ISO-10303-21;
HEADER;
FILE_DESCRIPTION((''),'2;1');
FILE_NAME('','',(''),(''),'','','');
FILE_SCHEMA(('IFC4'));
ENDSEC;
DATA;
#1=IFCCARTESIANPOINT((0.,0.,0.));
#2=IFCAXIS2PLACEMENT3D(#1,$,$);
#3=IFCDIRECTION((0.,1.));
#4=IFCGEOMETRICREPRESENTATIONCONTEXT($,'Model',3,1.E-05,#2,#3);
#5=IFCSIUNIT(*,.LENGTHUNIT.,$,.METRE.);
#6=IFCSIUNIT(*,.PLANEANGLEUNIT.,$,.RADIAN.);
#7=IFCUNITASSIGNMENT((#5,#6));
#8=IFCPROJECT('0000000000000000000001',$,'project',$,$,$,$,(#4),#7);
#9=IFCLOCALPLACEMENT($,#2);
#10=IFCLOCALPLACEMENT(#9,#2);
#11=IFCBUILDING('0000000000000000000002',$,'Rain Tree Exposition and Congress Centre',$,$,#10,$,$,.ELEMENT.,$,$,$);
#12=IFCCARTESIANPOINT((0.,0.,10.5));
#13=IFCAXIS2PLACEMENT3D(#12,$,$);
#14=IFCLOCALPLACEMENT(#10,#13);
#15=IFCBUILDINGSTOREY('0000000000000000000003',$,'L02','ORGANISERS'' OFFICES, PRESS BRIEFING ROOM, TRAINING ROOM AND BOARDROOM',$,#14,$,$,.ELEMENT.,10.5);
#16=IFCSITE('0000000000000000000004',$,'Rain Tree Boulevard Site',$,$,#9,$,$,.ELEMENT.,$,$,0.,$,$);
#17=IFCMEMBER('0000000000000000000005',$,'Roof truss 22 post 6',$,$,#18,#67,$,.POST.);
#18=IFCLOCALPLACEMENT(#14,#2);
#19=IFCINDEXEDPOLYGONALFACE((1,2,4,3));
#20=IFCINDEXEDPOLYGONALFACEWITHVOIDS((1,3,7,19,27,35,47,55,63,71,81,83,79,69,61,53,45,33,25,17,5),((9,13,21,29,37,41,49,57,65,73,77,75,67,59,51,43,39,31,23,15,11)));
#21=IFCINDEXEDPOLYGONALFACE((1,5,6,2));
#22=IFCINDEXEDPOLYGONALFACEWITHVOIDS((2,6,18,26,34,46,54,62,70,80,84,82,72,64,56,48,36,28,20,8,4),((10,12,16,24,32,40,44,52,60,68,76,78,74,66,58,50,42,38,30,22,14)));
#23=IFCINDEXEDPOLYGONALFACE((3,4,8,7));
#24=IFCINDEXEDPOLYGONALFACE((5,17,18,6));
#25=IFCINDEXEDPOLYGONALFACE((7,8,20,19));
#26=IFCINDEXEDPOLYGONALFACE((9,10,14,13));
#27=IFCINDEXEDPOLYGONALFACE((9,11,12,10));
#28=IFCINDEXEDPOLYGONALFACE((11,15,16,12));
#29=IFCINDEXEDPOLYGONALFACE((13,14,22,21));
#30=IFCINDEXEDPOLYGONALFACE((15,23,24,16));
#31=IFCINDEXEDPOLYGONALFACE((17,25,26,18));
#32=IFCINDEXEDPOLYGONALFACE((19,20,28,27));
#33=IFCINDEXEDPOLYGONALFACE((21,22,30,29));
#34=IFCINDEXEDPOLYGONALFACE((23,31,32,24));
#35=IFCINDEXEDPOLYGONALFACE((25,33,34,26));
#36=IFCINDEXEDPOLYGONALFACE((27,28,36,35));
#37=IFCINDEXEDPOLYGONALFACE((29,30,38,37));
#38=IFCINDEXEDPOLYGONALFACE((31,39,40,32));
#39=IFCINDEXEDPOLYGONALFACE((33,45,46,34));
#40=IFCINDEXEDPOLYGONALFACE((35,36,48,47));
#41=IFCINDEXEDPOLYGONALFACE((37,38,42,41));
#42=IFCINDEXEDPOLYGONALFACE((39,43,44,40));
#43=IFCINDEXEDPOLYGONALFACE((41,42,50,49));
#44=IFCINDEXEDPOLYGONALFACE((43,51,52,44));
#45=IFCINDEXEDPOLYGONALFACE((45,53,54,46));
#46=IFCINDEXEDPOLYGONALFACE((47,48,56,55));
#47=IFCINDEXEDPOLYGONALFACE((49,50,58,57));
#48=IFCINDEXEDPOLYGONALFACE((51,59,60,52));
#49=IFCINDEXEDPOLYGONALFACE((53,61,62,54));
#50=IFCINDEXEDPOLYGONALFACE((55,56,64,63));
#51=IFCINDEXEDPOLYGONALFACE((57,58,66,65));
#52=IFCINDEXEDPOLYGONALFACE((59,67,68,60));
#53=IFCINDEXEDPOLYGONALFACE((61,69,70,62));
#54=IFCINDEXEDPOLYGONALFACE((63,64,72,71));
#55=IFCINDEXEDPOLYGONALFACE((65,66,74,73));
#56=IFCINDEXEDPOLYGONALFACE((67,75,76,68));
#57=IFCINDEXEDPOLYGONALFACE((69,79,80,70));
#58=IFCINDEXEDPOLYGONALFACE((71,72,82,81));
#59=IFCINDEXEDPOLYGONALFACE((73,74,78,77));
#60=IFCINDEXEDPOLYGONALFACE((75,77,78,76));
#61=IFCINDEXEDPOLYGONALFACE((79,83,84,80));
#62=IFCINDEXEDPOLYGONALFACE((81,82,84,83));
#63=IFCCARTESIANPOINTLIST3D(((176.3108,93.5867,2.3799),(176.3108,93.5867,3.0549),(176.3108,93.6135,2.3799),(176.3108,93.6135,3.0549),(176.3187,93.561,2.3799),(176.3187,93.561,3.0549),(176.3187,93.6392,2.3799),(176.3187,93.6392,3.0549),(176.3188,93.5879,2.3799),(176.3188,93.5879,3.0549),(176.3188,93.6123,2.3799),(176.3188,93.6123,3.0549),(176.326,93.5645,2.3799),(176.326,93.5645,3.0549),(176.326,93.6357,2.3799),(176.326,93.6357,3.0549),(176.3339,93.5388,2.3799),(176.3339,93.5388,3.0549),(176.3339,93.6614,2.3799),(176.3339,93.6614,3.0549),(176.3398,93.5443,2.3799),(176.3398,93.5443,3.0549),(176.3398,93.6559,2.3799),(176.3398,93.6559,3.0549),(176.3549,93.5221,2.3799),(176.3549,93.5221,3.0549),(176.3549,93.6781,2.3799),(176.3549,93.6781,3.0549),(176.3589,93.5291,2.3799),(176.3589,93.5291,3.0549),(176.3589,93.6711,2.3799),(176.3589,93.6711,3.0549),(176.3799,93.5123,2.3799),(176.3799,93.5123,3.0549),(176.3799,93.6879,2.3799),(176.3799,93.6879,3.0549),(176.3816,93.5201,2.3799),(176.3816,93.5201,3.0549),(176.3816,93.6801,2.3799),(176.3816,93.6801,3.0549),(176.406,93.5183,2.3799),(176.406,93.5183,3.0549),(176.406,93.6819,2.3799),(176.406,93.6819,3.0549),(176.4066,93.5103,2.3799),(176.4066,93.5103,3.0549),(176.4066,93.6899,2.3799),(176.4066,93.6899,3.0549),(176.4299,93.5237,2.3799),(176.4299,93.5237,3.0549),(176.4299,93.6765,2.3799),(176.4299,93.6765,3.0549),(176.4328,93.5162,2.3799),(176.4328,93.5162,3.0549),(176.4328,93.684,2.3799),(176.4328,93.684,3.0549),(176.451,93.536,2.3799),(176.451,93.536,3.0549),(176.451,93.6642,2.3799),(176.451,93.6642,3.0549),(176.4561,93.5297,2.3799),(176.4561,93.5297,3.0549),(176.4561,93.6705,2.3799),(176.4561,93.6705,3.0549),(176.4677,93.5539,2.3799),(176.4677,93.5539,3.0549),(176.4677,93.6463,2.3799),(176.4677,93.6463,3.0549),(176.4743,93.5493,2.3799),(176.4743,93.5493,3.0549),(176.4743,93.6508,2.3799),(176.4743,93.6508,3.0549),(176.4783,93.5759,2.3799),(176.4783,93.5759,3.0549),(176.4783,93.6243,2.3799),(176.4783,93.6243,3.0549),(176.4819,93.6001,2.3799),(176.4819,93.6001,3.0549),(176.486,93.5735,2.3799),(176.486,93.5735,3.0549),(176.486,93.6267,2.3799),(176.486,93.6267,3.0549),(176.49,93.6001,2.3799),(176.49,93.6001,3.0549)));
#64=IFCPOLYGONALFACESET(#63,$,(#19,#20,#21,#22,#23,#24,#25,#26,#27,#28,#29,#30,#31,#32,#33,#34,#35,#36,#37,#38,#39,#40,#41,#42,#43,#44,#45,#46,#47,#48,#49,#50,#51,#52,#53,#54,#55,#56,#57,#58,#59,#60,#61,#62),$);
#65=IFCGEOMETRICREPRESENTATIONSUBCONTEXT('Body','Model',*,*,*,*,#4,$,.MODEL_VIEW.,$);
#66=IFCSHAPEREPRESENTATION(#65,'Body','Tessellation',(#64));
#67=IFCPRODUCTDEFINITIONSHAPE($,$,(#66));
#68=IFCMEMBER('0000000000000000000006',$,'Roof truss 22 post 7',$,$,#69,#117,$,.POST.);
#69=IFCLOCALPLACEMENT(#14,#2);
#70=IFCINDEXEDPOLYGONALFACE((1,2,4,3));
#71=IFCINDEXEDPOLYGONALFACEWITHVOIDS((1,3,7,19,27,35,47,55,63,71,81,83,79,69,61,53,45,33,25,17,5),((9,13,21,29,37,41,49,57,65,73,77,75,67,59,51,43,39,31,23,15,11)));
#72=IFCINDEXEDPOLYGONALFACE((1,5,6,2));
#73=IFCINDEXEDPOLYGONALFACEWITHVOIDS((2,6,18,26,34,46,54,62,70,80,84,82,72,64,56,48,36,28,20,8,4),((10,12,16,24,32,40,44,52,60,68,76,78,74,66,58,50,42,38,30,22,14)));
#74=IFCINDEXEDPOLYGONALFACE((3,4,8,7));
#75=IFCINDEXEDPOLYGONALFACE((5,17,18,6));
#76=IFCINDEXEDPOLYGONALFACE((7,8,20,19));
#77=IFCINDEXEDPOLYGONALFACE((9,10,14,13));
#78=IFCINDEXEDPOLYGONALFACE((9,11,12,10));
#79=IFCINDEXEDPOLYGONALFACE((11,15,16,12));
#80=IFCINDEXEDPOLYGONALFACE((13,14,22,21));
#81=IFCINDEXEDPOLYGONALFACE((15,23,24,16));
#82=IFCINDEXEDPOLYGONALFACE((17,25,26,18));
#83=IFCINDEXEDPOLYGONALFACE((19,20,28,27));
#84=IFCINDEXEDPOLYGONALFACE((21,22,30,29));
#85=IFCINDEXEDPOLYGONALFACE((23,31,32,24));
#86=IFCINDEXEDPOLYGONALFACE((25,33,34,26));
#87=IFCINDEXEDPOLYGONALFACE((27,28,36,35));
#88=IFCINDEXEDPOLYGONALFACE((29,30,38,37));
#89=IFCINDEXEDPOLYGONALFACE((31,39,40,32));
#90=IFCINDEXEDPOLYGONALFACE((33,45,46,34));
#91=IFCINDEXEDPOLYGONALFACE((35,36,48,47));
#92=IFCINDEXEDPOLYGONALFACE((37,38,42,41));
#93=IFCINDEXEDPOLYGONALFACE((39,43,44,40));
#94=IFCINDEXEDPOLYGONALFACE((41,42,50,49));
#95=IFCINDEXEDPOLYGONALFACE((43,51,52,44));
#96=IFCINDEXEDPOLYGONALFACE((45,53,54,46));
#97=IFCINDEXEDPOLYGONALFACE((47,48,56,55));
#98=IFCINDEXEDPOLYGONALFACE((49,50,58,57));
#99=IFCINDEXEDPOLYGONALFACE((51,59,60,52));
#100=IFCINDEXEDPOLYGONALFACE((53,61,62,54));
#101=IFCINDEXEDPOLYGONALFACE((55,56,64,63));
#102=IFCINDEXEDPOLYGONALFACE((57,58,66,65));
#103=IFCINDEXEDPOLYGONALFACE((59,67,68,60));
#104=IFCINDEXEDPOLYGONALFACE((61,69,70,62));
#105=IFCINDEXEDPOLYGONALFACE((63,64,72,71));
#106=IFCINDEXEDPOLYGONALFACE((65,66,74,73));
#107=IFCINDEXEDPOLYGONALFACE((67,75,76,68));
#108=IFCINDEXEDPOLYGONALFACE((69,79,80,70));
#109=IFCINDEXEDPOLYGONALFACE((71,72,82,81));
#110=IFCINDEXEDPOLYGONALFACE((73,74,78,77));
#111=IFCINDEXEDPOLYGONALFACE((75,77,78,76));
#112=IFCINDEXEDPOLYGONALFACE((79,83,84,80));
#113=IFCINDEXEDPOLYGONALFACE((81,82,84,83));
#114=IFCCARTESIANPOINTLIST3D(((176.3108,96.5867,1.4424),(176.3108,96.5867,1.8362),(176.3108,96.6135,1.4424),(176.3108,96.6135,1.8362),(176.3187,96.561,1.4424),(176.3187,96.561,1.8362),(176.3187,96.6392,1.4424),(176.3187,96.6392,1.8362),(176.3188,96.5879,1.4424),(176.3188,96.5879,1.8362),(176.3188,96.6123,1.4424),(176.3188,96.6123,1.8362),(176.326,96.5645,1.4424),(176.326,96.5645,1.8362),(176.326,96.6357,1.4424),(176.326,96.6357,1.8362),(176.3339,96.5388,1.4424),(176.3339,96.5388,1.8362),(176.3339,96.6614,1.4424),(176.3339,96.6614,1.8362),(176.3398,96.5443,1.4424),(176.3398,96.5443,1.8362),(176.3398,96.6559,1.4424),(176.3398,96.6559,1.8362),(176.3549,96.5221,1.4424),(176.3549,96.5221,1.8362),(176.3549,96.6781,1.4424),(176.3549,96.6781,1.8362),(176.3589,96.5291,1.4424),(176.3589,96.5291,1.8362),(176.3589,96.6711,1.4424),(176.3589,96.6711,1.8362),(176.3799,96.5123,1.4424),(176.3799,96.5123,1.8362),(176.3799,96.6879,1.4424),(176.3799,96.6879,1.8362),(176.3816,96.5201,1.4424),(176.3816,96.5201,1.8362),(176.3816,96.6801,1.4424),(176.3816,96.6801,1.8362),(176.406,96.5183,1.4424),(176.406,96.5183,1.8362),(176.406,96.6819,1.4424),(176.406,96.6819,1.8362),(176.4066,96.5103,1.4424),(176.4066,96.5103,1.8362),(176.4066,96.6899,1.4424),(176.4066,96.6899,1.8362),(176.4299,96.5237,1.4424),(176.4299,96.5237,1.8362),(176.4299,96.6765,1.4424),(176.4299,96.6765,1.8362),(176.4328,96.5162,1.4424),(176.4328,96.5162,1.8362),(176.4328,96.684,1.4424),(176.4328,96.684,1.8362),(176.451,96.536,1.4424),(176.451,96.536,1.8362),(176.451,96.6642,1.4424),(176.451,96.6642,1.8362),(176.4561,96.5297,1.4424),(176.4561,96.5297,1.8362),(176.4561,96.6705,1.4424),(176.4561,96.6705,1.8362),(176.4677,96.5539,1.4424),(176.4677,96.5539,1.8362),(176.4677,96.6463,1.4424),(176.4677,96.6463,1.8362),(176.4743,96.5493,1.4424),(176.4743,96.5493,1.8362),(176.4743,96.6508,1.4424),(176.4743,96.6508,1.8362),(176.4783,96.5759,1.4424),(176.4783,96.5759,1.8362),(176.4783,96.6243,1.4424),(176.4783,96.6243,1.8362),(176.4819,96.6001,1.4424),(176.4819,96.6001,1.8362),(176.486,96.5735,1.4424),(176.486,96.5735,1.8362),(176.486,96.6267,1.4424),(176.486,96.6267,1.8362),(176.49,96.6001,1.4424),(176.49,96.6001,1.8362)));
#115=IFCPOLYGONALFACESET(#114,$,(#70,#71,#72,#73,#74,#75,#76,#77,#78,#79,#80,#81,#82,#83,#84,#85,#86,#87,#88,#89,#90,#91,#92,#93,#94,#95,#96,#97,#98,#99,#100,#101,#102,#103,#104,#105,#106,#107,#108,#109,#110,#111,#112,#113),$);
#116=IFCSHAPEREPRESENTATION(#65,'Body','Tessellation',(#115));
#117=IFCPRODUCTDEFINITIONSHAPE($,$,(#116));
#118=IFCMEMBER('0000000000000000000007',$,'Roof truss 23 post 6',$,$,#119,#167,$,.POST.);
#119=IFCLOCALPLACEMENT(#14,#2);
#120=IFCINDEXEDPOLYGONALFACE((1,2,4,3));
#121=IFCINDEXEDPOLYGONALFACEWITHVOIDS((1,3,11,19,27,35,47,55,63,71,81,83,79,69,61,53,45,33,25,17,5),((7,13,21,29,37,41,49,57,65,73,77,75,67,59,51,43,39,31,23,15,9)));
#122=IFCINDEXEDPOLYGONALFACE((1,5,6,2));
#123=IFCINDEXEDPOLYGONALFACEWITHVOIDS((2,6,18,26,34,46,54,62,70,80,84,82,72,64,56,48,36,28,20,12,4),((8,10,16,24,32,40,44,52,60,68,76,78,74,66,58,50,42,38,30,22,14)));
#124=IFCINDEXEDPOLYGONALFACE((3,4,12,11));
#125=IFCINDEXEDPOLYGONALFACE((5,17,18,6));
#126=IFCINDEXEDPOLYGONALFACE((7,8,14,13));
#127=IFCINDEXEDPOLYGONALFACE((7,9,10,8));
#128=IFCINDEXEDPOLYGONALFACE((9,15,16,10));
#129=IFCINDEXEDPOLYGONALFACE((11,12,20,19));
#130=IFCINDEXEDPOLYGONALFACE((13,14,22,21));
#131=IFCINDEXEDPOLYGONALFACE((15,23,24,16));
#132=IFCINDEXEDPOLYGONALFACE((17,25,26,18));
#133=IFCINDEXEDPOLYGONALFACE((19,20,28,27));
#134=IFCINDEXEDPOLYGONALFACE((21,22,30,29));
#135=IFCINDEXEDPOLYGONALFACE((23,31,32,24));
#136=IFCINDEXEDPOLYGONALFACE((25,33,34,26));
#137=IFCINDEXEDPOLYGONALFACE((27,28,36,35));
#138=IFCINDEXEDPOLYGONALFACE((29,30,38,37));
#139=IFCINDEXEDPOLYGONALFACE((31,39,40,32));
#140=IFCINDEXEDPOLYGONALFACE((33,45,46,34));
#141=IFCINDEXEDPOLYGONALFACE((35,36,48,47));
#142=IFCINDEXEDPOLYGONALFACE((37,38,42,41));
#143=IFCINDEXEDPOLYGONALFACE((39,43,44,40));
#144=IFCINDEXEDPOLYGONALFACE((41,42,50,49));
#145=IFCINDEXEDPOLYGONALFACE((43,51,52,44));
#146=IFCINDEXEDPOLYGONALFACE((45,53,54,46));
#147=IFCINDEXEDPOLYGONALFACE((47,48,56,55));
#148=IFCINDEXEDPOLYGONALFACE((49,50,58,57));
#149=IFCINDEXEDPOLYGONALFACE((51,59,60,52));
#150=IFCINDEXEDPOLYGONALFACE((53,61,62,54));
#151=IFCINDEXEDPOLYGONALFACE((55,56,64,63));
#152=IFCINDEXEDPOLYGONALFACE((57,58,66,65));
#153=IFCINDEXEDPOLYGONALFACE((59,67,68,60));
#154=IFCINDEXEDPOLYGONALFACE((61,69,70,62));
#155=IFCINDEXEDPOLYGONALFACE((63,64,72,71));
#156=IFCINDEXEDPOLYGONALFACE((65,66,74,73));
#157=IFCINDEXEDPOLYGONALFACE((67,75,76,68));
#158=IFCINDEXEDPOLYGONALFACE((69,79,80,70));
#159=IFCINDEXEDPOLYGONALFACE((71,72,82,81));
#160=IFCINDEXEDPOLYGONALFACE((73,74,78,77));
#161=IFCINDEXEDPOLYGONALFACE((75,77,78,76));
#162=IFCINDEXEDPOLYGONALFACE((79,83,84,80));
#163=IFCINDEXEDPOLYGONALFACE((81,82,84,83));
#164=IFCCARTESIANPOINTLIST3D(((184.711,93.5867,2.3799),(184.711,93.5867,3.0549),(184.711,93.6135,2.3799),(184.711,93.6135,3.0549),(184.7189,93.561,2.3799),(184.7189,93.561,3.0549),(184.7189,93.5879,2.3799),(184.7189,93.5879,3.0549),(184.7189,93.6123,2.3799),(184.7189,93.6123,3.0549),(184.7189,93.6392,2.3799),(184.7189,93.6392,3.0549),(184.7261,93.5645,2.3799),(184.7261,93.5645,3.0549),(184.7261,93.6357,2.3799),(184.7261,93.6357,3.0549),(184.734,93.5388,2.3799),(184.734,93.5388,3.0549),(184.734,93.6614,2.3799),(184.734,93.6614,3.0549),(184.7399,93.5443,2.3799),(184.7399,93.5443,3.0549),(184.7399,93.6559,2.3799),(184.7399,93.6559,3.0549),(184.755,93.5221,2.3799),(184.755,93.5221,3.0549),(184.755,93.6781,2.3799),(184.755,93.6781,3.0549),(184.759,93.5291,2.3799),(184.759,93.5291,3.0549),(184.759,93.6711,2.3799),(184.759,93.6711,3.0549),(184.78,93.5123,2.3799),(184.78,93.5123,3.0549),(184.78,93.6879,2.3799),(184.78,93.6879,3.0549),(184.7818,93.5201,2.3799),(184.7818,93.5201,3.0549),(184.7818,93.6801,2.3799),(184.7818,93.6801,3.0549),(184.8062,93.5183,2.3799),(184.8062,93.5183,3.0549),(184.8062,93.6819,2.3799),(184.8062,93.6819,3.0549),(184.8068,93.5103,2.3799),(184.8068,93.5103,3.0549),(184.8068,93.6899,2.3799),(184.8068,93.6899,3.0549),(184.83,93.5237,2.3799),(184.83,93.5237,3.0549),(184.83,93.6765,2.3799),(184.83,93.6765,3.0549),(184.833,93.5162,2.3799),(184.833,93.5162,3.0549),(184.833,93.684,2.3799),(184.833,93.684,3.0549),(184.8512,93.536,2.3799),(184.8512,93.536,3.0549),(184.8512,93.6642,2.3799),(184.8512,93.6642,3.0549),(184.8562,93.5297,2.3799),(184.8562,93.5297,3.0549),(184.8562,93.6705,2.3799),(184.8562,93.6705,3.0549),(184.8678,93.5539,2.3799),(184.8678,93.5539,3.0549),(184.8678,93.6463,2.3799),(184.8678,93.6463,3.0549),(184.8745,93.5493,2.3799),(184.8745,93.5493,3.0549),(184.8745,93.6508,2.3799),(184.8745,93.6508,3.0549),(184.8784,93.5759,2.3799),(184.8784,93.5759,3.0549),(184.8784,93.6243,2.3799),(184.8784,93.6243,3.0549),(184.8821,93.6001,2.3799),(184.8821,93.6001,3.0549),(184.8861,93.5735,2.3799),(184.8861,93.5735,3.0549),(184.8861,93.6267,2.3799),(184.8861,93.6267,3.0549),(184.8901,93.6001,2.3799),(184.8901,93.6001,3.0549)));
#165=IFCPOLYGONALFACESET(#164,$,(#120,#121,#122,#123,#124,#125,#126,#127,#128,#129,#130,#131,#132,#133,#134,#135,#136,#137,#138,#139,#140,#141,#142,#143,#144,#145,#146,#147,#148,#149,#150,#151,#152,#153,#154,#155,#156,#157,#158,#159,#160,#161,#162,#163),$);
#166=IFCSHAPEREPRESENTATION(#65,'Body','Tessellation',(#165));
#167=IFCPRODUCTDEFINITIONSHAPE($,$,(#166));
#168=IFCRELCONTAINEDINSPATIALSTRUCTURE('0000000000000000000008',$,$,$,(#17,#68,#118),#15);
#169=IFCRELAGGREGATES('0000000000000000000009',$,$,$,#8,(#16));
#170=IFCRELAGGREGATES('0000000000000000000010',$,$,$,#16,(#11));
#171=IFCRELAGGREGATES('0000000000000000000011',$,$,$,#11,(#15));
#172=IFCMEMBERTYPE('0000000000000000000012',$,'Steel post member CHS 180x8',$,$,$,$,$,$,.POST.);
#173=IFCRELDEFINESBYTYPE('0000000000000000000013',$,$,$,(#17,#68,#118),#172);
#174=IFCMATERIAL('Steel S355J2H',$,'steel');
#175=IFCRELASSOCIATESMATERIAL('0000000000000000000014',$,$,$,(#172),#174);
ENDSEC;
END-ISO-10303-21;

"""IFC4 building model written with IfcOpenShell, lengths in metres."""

from ifc_helpers import new_model, si_unit, direction, frame, origin, origin_2d, place, context, subcontext, project, spatial, hollow_circle, extrude, material, material_profile, profile_set, type_object, element, save


model = new_model("IFC4")

# Units and contexts
model_context = context("Model", 3, precision=1e-05, world=origin(), true_north=direction((0.0, 1.0)))
body_context = subcontext(model_context, "Body", "Model", "MODEL_VIEW")
ifc_project = project(units=[si_unit("LENGTHUNIT", "METRE"), si_unit("PLANEANGLEUNIT", "RADIAN")], contexts=[model_context])

# Site, building, storey
site_placement = place(None, origin())
site = spatial("IfcSite", under=ifc_project, at=site_placement, Name="Rain Tree Boulevard Site", CompositionType="ELEMENT", RefElevation=0.0)
building_placement = place(site_placement, origin())
building = spatial("IfcBuilding", under=site, at=building_placement, Name="Rain Tree Exposition and Congress Centre", CompositionType="ELEMENT")
storey_placement = place(building_placement, frame((0.0, 0.0, 10.5)))
storey = spatial("IfcBuildingStorey", under=building, at=storey_placement, Name="L02", Description="ORGANISERS' OFFICES, PRESS BRIEFING ROOM, TRAINING ROOM AND BOARDROOM", CompositionType="ELEMENT", Elevation=10.5)

# Members
ifc_material_1 = material(Name="Steel S355J2H", Category="steel")
ifc_material_profile_1 = material_profile(ifc_material_1, hollow_circle(Radius=0.0901, WallThickness=0.0081, at=origin_2d()), Name="CHS 180x8")
ifc_profile_set_1 = profile_set([ifc_material_profile_1], Name="Steel S355J2H")
member_type_1 = type_object("IfcMemberType", Name="Steel post member CHS 180x8", PredefinedType="POST", material=ifc_profile_set_1)
member_1_placement = place(storey_placement, frame((176.3999, 93.6001, 2.3799), z_axis=(0.0, 0.0, 1.0), x_axis=(1.0, 0.0, 0.0)))
element("IfcMember", 1, at=member_1_placement, inside=storey, type_object=member_type_1, Name="Roof truss 22 post 6", PredefinedType="POST", context=body_context, shape_type="SweptSolid", body=[
    extrude(hollow_circle(Radius=0.0901, WallThickness=0.0081, at=origin_2d()), origin(), (0.0, 0.0, 1.0), 0.675),
])
member_2_placement = place(storey_placement, frame((176.3999, 96.6001, 1.4424), z_axis=(0.0, 0.0, 1.0), x_axis=(1.0, 0.0, 0.0)))
element("IfcMember", 2, at=member_2_placement, inside=storey, type_object=member_type_1, Name="Roof truss 22 post 7", PredefinedType="POST", context=body_context, shape_type="SweptSolid", body=[
    extrude(hollow_circle(Radius=0.0901, WallThickness=0.0081, at=origin_2d()), origin(), (0.0, 0.0, 1.0), 0.3938),
])
member_3_placement = place(storey_placement, frame((184.8, 93.6001, 2.3799), z_axis=(0.0, 0.0, 1.0), x_axis=(1.0, 0.0, 0.0)))
element("IfcMember", 3, at=member_3_placement, inside=storey, type_object=member_type_1, Name="Roof truss 23 post 6", PredefinedType="POST", context=body_context, shape_type="SweptSolid", body=[
    extrude(hollow_circle(Radius=0.0901, WallThickness=0.0081, at=origin_2d()), origin(), (0.0, 0.0, 1.0), 0.675),
])

save(model, "model.ifc")
